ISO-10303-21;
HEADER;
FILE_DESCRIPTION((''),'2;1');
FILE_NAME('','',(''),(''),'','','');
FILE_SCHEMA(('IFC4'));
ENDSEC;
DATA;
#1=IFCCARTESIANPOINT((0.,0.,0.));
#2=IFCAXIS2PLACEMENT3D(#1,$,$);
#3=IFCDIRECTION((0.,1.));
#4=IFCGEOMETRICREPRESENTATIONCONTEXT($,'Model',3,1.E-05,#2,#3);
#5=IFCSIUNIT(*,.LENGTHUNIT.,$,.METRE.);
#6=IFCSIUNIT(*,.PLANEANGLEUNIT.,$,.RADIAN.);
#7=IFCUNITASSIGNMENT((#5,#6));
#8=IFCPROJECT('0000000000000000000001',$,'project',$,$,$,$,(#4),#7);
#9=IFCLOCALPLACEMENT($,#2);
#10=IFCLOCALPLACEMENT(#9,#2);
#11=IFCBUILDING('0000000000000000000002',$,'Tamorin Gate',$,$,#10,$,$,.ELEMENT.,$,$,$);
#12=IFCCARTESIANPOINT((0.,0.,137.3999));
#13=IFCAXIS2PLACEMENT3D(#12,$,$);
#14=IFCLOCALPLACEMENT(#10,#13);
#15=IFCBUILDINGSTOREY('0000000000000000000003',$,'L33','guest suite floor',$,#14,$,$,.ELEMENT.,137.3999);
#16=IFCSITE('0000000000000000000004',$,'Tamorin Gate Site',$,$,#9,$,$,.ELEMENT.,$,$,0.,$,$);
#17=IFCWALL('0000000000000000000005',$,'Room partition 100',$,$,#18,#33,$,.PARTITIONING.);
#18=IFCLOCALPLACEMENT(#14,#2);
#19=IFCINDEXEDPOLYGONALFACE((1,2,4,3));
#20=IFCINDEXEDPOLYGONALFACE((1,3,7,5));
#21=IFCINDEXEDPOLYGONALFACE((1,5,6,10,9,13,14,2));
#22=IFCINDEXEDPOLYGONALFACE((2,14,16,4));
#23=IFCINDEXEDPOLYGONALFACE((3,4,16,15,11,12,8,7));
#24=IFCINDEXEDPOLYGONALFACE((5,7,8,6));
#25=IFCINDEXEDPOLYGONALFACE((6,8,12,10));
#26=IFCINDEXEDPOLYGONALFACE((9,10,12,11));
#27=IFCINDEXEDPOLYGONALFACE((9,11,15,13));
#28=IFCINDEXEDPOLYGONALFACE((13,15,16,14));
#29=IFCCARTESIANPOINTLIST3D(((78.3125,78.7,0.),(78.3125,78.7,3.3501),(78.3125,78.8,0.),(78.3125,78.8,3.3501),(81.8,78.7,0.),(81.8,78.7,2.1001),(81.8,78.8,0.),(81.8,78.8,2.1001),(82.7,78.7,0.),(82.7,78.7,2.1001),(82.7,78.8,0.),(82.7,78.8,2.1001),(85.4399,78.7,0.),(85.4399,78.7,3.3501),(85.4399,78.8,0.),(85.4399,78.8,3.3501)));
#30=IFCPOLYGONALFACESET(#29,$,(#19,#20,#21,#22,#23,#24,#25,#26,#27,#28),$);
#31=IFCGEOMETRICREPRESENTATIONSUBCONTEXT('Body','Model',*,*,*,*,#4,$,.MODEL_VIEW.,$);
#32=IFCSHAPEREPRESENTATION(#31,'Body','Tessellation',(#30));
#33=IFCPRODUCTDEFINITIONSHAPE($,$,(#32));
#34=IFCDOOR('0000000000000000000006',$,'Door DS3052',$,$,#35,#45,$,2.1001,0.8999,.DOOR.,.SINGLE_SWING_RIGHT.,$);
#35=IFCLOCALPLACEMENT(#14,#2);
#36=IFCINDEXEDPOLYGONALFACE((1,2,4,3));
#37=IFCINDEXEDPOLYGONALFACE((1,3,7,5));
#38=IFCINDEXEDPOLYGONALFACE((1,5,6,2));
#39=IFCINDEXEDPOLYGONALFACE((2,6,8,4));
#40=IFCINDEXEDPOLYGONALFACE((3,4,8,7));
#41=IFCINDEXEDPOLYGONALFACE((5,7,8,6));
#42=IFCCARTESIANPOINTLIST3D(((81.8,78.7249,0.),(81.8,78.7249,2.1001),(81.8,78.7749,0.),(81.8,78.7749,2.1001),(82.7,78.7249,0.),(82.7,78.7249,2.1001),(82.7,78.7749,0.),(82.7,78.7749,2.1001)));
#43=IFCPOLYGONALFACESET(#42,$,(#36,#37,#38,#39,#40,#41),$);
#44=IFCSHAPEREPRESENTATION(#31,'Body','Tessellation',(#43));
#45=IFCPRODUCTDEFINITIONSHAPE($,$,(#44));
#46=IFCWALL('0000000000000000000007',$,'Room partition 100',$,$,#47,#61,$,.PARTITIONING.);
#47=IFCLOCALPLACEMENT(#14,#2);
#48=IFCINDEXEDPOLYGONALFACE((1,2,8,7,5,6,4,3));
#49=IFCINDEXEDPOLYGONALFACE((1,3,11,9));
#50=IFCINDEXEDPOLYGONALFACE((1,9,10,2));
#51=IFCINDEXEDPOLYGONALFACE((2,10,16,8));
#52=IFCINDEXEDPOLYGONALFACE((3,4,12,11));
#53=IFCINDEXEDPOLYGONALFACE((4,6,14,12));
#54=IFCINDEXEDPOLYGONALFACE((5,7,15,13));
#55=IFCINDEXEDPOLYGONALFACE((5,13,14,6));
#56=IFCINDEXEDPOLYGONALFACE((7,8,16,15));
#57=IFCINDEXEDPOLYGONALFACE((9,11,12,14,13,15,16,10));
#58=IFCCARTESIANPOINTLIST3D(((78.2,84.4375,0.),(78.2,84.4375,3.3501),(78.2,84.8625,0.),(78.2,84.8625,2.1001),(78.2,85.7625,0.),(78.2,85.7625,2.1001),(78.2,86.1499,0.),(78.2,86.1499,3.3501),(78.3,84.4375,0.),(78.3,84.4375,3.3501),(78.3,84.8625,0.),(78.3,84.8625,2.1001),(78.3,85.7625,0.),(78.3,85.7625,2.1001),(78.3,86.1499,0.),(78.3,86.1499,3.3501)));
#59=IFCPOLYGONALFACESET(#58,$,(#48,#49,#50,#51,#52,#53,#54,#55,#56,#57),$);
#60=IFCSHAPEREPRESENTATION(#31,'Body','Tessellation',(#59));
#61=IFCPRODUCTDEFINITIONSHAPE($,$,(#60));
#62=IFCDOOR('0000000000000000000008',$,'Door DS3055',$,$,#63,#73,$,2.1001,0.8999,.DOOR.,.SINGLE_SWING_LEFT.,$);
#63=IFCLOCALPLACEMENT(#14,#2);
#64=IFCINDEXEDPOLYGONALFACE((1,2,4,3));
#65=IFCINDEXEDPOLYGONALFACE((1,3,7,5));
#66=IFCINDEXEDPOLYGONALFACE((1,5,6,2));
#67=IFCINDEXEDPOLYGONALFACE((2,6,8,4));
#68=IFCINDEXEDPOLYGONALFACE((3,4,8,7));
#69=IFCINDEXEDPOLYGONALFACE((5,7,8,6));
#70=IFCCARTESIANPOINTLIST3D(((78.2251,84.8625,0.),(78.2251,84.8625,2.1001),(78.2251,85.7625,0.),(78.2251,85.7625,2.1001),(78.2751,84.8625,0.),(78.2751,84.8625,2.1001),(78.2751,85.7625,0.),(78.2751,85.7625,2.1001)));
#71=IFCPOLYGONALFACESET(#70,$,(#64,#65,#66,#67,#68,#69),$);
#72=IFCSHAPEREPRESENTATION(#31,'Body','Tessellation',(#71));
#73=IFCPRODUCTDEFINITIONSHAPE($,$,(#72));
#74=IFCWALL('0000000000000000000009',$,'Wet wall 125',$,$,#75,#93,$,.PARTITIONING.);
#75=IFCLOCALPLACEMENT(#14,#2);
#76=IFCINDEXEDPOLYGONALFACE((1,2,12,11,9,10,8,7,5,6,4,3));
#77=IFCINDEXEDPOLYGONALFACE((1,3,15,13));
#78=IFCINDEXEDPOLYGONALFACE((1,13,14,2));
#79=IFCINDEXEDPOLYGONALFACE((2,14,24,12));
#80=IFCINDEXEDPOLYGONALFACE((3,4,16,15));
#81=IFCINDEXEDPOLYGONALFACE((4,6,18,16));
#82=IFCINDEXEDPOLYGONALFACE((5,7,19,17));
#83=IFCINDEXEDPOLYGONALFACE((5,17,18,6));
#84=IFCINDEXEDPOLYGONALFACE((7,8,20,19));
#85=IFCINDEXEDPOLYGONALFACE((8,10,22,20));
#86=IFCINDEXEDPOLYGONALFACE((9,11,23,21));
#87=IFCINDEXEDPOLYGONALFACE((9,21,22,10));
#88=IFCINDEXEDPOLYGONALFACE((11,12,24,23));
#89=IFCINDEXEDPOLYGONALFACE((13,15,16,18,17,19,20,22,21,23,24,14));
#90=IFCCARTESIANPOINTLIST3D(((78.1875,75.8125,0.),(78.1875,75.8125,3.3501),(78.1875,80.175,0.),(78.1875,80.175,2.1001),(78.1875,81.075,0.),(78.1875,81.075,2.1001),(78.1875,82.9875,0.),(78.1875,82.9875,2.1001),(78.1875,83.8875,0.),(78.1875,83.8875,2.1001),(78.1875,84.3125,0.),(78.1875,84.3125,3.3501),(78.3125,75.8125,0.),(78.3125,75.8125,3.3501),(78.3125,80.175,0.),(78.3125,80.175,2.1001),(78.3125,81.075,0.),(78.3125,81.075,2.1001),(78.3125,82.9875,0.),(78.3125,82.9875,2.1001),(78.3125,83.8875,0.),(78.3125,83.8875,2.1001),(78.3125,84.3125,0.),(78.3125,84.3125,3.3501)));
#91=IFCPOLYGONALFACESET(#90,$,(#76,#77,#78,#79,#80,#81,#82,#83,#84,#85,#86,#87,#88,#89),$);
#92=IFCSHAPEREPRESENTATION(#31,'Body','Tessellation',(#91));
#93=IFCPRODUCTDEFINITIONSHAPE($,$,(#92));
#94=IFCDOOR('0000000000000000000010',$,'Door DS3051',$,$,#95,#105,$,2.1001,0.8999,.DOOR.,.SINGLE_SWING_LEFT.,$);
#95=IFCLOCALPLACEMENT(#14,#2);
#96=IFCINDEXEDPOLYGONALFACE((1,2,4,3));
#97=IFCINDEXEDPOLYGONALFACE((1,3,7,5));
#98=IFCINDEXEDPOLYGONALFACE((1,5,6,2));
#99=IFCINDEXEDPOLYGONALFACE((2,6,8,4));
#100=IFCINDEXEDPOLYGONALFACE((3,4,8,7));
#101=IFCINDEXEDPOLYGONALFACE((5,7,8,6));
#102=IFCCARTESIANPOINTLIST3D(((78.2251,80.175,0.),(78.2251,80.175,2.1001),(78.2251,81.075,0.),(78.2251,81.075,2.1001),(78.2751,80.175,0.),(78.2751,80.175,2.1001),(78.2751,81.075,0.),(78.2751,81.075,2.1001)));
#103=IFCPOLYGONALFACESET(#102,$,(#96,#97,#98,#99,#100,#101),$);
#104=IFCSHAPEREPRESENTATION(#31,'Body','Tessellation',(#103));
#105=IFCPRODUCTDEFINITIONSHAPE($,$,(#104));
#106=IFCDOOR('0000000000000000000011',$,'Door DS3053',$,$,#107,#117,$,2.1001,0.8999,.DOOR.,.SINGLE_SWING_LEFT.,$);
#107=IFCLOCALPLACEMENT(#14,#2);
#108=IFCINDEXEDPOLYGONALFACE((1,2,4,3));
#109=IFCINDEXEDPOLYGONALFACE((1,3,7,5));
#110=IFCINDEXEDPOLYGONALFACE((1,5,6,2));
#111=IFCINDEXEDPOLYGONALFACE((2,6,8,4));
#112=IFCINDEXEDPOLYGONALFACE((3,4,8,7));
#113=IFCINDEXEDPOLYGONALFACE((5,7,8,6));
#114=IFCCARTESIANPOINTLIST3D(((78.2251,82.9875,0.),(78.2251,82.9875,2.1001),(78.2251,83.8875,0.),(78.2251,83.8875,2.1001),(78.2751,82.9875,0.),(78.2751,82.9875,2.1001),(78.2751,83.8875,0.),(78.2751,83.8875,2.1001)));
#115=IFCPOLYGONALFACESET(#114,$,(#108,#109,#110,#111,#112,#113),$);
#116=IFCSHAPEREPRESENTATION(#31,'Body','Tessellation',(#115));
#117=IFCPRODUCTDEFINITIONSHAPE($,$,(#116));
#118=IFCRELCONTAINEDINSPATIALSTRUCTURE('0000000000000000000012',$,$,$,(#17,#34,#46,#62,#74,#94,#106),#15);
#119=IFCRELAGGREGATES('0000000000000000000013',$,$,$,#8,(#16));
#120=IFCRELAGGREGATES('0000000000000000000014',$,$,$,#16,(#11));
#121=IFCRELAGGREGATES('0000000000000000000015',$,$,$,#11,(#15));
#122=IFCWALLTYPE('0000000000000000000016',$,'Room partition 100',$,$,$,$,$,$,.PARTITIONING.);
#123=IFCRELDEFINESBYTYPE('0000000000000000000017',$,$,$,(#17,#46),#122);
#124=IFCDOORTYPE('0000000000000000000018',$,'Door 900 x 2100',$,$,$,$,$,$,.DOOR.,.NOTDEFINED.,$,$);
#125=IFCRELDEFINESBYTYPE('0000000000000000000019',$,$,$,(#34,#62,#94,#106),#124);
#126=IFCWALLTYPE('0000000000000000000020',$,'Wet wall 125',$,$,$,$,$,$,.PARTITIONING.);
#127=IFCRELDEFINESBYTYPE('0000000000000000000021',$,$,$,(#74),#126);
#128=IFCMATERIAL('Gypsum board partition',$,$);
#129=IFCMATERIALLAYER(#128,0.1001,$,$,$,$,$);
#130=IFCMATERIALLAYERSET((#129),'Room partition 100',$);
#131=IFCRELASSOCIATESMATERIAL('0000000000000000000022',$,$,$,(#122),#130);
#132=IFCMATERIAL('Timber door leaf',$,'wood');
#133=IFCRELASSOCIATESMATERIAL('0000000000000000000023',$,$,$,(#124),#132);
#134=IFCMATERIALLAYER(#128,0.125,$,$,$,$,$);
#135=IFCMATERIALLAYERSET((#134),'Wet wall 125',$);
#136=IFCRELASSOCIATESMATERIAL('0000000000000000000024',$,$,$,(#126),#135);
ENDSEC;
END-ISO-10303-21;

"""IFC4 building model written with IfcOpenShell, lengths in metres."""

from ifc_helpers import new_model, si_unit, direction, frame, frame_2d, origin, place, context, subcontext, project, spatial, rectangle, extrude, material, layer, layer_set, type_object, element, fill, save


model = new_model("IFC4")

# Units and contexts
model_context = context("Model", 3, precision=1e-05, world=origin(), true_north=direction((0.0, 1.0)))
body_context = subcontext(model_context, "Body", "Model", "MODEL_VIEW")
ifc_project = project(units=[si_unit("LENGTHUNIT", "METRE"), si_unit("PLANEANGLEUNIT", "RADIAN")], contexts=[model_context])

# Site, building, storey
site_placement = place(None, origin())
site = spatial("IfcSite", under=ifc_project, at=site_placement, Name="Tamorin Gate Site", CompositionType="ELEMENT", RefElevation=0.0)
building_placement = place(site_placement, origin())
building = spatial("IfcBuilding", under=site, at=building_placement, Name="Tamorin Gate", CompositionType="ELEMENT")
storey_placement = place(building_placement, frame((0.0, 0.0, 137.3999)))
storey = spatial("IfcBuildingStorey", under=building, at=storey_placement, Name="L33", Description="guest suite floor", CompositionType="ELEMENT", Elevation=137.3999)

# Walls, openings, doors
ifc_material_1 = material(Name="Gypsum board partition")
ifc_layer_1 = layer(ifc_material_1, 0.1001)
ifc_layer_set_1 = layer_set([ifc_layer_1], Name="Room partition 100")
wall_type_1 = type_object("IfcWallType", Name="Room partition 100", PredefinedType="PARTITIONING", material=ifc_layer_set_1)
wall_1_placement = place(storey_placement, frame((78.3125, 78.75, 0.0), z_axis=(0.0, 0.0, 1.0), x_axis=(1.0, 0.0, 0.0)))
wall_1 = element("IfcWall", 1, at=wall_1_placement, inside=storey, type_object=wall_type_1, Name="Room partition 100", PredefinedType="PARTITIONING", context=body_context, shape_type="SweptSolid", body=[
    extrude(rectangle(XDim=7.1274, YDim=0.1001, at=frame_2d((3.5637, 0.0))), origin(), (0.0, 0.0, 1.0), 3.3501),
])
opening_1_placement = place(wall_1_placement, frame((3.4875, 0.0, 0.0)))
opening_1 = element("IfcOpeningElement", 2, at=opening_1_placement, cuts=wall_1, PredefinedType="OPENING", context=body_context, shape_type="SweptSolid", body=[
    extrude(rectangle(XDim=0.8999, YDim=2.1001, at=frame_2d((0.45, 1.05))), frame((0.0, 0.0601, 0.0), z_axis=(0.0, -1.0, 0.0), x_axis=(1.0, 0.0, 0.0)), (0.0, 0.0, 1.0), 0.1201),
])
ifc_material_2 = material(Name="Timber door leaf", Category="wood")
door_type = type_object("IfcDoorType", Name="Door 900 x 2100", OperationType="NOTDEFINED", PredefinedType="DOOR", material=ifc_material_2)
door_1_placement = place(opening_1_placement, origin())
door_1 = element("IfcDoor", 3, at=door_1_placement, inside=storey, type_object=door_type, Name="Door DS3052", OperationType="SINGLE_SWING_RIGHT", OverallHeight=2.1001, OverallWidth=0.8999, PredefinedType="DOOR", context=body_context, shape_type="SweptSolid", body=[
    extrude(rectangle(XDim=0.8999, YDim=2.1001, at=frame_2d((0.45, 1.05))), frame((0.0, 0.0249, 0.0), z_axis=(0.0, -1.0, 0.0), x_axis=(1.0, 0.0, 0.0)), (0.0, 0.0, 1.0), 0.05),
])
fill(opening_1, door_1)
wall_2_placement = place(storey_placement, frame((78.25, 84.4375, 0.0), z_axis=(0.0, 0.0, 1.0), x_axis=(0.0, 1.0, 0.0)))
wall_2 = element("IfcWall", 4, at=wall_2_placement, inside=storey, type_object=wall_type_1, Name="Room partition 100", PredefinedType="PARTITIONING", context=body_context, shape_type="SweptSolid", body=[
    extrude(rectangle(XDim=1.7124, YDim=0.1001, at=frame_2d((0.8562, 0.0))), origin(), (0.0, 0.0, 1.0), 3.3501),
])
opening_2_placement = place(wall_2_placement, frame((0.425, 0.0, 0.0)))
opening_2 = element("IfcOpeningElement", 5, at=opening_2_placement, cuts=wall_2, PredefinedType="OPENING", context=body_context, shape_type="SweptSolid", body=[
    extrude(rectangle(XDim=0.8999, YDim=2.1001, at=frame_2d((0.45, 1.05))), frame((0.0, 0.0601, 0.0), z_axis=(0.0, -1.0, 0.0), x_axis=(1.0, 0.0, 0.0)), (0.0, 0.0, 1.0), 0.1201),
])
door_2_placement = place(opening_2_placement, origin())
door_2 = element("IfcDoor", 6, at=door_2_placement, inside=storey, type_object=door_type, Name="Door DS3055", OperationType="SINGLE_SWING_LEFT", OverallHeight=2.1001, OverallWidth=0.8999, PredefinedType="DOOR", context=body_context, shape_type="SweptSolid", body=[
    extrude(rectangle(XDim=0.8999, YDim=2.1001, at=frame_2d((0.45, 1.05))), frame((0.0, 0.0249, 0.0), z_axis=(0.0, -1.0, 0.0), x_axis=(1.0, 0.0, 0.0)), (0.0, 0.0, 1.0), 0.05),
])
fill(opening_2, door_2)

# Wall, openings, doors
ifc_layer_2 = layer(ifc_material_1, 0.125)
ifc_layer_set_2 = layer_set([ifc_layer_2], Name="Wet wall 125")
wall_type_2 = type_object("IfcWallType", Name="Wet wall 125", PredefinedType="PARTITIONING", material=ifc_layer_set_2)
wall_3_placement = place(storey_placement, frame((78.25, 75.8125, 0.0), z_axis=(0.0, 0.0, 1.0), x_axis=(0.0, 1.0, 0.0)))
wall_3 = element("IfcWall", 7, at=wall_3_placement, inside=storey, type_object=wall_type_2, Name="Wet wall 125", PredefinedType="PARTITIONING", context=body_context, shape_type="SweptSolid", body=[
    extrude(rectangle(XDim=8.5, YDim=0.125, at=frame_2d((4.25, 0.0))), origin(), (0.0, 0.0, 1.0), 3.3501),
])
opening_3_placement = place(wall_3_placement, frame((4.3625, 0.0, 0.0)))
opening_3 = element("IfcOpeningElement", 8, at=opening_3_placement, cuts=wall_3, PredefinedType="OPENING", context=body_context, shape_type="SweptSolid", body=[
    extrude(rectangle(XDim=0.8999, YDim=2.1001, at=frame_2d((0.45, 1.05))), frame((0.0, 0.0725, 0.0), z_axis=(0.0, -1.0, 0.0), x_axis=(1.0, 0.0, 0.0)), (0.0, 0.0, 1.0), 0.145),
])
opening_4_placement = place(wall_3_placement, frame((7.175, 0.0, 0.0)))
opening_4 = element("IfcOpeningElement", 9, at=opening_4_placement, cuts=wall_3, PredefinedType="OPENING", context=body_context, shape_type="SweptSolid", body=[
    extrude(rectangle(XDim=0.8999, YDim=2.1001, at=frame_2d((0.45, 1.05))), frame((0.0, 0.0725, 0.0), z_axis=(0.0, -1.0, 0.0), x_axis=(1.0, 0.0, 0.0)), (0.0, 0.0, 1.0), 0.145),
])
door_3_placement = place(opening_3_placement, origin())
door_3 = element("IfcDoor", 10, at=door_3_placement, inside=storey, type_object=door_type, Name="Door DS3051", OperationType="SINGLE_SWING_LEFT", OverallHeight=2.1001, OverallWidth=0.8999, PredefinedType="DOOR", context=body_context, shape_type="SweptSolid", body=[
    extrude(rectangle(XDim=0.8999, YDim=2.1001, at=frame_2d((0.45, 1.05))), frame((0.0, 0.0249, 0.0), z_axis=(0.0, -1.0, 0.0), x_axis=(1.0, 0.0, 0.0)), (0.0, 0.0, 1.0), 0.05),
])
fill(opening_3, door_3)
door_4_placement = place(opening_4_placement, origin())
door_4 = element("IfcDoor", 11, at=door_4_placement, inside=storey, type_object=door_type, Name="Door DS3053", OperationType="SINGLE_SWING_LEFT", OverallHeight=2.1001, OverallWidth=0.8999, PredefinedType="DOOR", context=body_context, shape_type="SweptSolid", body=[
    extrude(rectangle(XDim=0.8999, YDim=2.1001, at=frame_2d((0.45, 1.05))), frame((0.0, 0.0249, 0.0), z_axis=(0.0, -1.0, 0.0), x_axis=(1.0, 0.0, 0.0)), (0.0, 0.0, 1.0), 0.05),
])
fill(opening_4, door_4)

save(model, "model.ifc")
